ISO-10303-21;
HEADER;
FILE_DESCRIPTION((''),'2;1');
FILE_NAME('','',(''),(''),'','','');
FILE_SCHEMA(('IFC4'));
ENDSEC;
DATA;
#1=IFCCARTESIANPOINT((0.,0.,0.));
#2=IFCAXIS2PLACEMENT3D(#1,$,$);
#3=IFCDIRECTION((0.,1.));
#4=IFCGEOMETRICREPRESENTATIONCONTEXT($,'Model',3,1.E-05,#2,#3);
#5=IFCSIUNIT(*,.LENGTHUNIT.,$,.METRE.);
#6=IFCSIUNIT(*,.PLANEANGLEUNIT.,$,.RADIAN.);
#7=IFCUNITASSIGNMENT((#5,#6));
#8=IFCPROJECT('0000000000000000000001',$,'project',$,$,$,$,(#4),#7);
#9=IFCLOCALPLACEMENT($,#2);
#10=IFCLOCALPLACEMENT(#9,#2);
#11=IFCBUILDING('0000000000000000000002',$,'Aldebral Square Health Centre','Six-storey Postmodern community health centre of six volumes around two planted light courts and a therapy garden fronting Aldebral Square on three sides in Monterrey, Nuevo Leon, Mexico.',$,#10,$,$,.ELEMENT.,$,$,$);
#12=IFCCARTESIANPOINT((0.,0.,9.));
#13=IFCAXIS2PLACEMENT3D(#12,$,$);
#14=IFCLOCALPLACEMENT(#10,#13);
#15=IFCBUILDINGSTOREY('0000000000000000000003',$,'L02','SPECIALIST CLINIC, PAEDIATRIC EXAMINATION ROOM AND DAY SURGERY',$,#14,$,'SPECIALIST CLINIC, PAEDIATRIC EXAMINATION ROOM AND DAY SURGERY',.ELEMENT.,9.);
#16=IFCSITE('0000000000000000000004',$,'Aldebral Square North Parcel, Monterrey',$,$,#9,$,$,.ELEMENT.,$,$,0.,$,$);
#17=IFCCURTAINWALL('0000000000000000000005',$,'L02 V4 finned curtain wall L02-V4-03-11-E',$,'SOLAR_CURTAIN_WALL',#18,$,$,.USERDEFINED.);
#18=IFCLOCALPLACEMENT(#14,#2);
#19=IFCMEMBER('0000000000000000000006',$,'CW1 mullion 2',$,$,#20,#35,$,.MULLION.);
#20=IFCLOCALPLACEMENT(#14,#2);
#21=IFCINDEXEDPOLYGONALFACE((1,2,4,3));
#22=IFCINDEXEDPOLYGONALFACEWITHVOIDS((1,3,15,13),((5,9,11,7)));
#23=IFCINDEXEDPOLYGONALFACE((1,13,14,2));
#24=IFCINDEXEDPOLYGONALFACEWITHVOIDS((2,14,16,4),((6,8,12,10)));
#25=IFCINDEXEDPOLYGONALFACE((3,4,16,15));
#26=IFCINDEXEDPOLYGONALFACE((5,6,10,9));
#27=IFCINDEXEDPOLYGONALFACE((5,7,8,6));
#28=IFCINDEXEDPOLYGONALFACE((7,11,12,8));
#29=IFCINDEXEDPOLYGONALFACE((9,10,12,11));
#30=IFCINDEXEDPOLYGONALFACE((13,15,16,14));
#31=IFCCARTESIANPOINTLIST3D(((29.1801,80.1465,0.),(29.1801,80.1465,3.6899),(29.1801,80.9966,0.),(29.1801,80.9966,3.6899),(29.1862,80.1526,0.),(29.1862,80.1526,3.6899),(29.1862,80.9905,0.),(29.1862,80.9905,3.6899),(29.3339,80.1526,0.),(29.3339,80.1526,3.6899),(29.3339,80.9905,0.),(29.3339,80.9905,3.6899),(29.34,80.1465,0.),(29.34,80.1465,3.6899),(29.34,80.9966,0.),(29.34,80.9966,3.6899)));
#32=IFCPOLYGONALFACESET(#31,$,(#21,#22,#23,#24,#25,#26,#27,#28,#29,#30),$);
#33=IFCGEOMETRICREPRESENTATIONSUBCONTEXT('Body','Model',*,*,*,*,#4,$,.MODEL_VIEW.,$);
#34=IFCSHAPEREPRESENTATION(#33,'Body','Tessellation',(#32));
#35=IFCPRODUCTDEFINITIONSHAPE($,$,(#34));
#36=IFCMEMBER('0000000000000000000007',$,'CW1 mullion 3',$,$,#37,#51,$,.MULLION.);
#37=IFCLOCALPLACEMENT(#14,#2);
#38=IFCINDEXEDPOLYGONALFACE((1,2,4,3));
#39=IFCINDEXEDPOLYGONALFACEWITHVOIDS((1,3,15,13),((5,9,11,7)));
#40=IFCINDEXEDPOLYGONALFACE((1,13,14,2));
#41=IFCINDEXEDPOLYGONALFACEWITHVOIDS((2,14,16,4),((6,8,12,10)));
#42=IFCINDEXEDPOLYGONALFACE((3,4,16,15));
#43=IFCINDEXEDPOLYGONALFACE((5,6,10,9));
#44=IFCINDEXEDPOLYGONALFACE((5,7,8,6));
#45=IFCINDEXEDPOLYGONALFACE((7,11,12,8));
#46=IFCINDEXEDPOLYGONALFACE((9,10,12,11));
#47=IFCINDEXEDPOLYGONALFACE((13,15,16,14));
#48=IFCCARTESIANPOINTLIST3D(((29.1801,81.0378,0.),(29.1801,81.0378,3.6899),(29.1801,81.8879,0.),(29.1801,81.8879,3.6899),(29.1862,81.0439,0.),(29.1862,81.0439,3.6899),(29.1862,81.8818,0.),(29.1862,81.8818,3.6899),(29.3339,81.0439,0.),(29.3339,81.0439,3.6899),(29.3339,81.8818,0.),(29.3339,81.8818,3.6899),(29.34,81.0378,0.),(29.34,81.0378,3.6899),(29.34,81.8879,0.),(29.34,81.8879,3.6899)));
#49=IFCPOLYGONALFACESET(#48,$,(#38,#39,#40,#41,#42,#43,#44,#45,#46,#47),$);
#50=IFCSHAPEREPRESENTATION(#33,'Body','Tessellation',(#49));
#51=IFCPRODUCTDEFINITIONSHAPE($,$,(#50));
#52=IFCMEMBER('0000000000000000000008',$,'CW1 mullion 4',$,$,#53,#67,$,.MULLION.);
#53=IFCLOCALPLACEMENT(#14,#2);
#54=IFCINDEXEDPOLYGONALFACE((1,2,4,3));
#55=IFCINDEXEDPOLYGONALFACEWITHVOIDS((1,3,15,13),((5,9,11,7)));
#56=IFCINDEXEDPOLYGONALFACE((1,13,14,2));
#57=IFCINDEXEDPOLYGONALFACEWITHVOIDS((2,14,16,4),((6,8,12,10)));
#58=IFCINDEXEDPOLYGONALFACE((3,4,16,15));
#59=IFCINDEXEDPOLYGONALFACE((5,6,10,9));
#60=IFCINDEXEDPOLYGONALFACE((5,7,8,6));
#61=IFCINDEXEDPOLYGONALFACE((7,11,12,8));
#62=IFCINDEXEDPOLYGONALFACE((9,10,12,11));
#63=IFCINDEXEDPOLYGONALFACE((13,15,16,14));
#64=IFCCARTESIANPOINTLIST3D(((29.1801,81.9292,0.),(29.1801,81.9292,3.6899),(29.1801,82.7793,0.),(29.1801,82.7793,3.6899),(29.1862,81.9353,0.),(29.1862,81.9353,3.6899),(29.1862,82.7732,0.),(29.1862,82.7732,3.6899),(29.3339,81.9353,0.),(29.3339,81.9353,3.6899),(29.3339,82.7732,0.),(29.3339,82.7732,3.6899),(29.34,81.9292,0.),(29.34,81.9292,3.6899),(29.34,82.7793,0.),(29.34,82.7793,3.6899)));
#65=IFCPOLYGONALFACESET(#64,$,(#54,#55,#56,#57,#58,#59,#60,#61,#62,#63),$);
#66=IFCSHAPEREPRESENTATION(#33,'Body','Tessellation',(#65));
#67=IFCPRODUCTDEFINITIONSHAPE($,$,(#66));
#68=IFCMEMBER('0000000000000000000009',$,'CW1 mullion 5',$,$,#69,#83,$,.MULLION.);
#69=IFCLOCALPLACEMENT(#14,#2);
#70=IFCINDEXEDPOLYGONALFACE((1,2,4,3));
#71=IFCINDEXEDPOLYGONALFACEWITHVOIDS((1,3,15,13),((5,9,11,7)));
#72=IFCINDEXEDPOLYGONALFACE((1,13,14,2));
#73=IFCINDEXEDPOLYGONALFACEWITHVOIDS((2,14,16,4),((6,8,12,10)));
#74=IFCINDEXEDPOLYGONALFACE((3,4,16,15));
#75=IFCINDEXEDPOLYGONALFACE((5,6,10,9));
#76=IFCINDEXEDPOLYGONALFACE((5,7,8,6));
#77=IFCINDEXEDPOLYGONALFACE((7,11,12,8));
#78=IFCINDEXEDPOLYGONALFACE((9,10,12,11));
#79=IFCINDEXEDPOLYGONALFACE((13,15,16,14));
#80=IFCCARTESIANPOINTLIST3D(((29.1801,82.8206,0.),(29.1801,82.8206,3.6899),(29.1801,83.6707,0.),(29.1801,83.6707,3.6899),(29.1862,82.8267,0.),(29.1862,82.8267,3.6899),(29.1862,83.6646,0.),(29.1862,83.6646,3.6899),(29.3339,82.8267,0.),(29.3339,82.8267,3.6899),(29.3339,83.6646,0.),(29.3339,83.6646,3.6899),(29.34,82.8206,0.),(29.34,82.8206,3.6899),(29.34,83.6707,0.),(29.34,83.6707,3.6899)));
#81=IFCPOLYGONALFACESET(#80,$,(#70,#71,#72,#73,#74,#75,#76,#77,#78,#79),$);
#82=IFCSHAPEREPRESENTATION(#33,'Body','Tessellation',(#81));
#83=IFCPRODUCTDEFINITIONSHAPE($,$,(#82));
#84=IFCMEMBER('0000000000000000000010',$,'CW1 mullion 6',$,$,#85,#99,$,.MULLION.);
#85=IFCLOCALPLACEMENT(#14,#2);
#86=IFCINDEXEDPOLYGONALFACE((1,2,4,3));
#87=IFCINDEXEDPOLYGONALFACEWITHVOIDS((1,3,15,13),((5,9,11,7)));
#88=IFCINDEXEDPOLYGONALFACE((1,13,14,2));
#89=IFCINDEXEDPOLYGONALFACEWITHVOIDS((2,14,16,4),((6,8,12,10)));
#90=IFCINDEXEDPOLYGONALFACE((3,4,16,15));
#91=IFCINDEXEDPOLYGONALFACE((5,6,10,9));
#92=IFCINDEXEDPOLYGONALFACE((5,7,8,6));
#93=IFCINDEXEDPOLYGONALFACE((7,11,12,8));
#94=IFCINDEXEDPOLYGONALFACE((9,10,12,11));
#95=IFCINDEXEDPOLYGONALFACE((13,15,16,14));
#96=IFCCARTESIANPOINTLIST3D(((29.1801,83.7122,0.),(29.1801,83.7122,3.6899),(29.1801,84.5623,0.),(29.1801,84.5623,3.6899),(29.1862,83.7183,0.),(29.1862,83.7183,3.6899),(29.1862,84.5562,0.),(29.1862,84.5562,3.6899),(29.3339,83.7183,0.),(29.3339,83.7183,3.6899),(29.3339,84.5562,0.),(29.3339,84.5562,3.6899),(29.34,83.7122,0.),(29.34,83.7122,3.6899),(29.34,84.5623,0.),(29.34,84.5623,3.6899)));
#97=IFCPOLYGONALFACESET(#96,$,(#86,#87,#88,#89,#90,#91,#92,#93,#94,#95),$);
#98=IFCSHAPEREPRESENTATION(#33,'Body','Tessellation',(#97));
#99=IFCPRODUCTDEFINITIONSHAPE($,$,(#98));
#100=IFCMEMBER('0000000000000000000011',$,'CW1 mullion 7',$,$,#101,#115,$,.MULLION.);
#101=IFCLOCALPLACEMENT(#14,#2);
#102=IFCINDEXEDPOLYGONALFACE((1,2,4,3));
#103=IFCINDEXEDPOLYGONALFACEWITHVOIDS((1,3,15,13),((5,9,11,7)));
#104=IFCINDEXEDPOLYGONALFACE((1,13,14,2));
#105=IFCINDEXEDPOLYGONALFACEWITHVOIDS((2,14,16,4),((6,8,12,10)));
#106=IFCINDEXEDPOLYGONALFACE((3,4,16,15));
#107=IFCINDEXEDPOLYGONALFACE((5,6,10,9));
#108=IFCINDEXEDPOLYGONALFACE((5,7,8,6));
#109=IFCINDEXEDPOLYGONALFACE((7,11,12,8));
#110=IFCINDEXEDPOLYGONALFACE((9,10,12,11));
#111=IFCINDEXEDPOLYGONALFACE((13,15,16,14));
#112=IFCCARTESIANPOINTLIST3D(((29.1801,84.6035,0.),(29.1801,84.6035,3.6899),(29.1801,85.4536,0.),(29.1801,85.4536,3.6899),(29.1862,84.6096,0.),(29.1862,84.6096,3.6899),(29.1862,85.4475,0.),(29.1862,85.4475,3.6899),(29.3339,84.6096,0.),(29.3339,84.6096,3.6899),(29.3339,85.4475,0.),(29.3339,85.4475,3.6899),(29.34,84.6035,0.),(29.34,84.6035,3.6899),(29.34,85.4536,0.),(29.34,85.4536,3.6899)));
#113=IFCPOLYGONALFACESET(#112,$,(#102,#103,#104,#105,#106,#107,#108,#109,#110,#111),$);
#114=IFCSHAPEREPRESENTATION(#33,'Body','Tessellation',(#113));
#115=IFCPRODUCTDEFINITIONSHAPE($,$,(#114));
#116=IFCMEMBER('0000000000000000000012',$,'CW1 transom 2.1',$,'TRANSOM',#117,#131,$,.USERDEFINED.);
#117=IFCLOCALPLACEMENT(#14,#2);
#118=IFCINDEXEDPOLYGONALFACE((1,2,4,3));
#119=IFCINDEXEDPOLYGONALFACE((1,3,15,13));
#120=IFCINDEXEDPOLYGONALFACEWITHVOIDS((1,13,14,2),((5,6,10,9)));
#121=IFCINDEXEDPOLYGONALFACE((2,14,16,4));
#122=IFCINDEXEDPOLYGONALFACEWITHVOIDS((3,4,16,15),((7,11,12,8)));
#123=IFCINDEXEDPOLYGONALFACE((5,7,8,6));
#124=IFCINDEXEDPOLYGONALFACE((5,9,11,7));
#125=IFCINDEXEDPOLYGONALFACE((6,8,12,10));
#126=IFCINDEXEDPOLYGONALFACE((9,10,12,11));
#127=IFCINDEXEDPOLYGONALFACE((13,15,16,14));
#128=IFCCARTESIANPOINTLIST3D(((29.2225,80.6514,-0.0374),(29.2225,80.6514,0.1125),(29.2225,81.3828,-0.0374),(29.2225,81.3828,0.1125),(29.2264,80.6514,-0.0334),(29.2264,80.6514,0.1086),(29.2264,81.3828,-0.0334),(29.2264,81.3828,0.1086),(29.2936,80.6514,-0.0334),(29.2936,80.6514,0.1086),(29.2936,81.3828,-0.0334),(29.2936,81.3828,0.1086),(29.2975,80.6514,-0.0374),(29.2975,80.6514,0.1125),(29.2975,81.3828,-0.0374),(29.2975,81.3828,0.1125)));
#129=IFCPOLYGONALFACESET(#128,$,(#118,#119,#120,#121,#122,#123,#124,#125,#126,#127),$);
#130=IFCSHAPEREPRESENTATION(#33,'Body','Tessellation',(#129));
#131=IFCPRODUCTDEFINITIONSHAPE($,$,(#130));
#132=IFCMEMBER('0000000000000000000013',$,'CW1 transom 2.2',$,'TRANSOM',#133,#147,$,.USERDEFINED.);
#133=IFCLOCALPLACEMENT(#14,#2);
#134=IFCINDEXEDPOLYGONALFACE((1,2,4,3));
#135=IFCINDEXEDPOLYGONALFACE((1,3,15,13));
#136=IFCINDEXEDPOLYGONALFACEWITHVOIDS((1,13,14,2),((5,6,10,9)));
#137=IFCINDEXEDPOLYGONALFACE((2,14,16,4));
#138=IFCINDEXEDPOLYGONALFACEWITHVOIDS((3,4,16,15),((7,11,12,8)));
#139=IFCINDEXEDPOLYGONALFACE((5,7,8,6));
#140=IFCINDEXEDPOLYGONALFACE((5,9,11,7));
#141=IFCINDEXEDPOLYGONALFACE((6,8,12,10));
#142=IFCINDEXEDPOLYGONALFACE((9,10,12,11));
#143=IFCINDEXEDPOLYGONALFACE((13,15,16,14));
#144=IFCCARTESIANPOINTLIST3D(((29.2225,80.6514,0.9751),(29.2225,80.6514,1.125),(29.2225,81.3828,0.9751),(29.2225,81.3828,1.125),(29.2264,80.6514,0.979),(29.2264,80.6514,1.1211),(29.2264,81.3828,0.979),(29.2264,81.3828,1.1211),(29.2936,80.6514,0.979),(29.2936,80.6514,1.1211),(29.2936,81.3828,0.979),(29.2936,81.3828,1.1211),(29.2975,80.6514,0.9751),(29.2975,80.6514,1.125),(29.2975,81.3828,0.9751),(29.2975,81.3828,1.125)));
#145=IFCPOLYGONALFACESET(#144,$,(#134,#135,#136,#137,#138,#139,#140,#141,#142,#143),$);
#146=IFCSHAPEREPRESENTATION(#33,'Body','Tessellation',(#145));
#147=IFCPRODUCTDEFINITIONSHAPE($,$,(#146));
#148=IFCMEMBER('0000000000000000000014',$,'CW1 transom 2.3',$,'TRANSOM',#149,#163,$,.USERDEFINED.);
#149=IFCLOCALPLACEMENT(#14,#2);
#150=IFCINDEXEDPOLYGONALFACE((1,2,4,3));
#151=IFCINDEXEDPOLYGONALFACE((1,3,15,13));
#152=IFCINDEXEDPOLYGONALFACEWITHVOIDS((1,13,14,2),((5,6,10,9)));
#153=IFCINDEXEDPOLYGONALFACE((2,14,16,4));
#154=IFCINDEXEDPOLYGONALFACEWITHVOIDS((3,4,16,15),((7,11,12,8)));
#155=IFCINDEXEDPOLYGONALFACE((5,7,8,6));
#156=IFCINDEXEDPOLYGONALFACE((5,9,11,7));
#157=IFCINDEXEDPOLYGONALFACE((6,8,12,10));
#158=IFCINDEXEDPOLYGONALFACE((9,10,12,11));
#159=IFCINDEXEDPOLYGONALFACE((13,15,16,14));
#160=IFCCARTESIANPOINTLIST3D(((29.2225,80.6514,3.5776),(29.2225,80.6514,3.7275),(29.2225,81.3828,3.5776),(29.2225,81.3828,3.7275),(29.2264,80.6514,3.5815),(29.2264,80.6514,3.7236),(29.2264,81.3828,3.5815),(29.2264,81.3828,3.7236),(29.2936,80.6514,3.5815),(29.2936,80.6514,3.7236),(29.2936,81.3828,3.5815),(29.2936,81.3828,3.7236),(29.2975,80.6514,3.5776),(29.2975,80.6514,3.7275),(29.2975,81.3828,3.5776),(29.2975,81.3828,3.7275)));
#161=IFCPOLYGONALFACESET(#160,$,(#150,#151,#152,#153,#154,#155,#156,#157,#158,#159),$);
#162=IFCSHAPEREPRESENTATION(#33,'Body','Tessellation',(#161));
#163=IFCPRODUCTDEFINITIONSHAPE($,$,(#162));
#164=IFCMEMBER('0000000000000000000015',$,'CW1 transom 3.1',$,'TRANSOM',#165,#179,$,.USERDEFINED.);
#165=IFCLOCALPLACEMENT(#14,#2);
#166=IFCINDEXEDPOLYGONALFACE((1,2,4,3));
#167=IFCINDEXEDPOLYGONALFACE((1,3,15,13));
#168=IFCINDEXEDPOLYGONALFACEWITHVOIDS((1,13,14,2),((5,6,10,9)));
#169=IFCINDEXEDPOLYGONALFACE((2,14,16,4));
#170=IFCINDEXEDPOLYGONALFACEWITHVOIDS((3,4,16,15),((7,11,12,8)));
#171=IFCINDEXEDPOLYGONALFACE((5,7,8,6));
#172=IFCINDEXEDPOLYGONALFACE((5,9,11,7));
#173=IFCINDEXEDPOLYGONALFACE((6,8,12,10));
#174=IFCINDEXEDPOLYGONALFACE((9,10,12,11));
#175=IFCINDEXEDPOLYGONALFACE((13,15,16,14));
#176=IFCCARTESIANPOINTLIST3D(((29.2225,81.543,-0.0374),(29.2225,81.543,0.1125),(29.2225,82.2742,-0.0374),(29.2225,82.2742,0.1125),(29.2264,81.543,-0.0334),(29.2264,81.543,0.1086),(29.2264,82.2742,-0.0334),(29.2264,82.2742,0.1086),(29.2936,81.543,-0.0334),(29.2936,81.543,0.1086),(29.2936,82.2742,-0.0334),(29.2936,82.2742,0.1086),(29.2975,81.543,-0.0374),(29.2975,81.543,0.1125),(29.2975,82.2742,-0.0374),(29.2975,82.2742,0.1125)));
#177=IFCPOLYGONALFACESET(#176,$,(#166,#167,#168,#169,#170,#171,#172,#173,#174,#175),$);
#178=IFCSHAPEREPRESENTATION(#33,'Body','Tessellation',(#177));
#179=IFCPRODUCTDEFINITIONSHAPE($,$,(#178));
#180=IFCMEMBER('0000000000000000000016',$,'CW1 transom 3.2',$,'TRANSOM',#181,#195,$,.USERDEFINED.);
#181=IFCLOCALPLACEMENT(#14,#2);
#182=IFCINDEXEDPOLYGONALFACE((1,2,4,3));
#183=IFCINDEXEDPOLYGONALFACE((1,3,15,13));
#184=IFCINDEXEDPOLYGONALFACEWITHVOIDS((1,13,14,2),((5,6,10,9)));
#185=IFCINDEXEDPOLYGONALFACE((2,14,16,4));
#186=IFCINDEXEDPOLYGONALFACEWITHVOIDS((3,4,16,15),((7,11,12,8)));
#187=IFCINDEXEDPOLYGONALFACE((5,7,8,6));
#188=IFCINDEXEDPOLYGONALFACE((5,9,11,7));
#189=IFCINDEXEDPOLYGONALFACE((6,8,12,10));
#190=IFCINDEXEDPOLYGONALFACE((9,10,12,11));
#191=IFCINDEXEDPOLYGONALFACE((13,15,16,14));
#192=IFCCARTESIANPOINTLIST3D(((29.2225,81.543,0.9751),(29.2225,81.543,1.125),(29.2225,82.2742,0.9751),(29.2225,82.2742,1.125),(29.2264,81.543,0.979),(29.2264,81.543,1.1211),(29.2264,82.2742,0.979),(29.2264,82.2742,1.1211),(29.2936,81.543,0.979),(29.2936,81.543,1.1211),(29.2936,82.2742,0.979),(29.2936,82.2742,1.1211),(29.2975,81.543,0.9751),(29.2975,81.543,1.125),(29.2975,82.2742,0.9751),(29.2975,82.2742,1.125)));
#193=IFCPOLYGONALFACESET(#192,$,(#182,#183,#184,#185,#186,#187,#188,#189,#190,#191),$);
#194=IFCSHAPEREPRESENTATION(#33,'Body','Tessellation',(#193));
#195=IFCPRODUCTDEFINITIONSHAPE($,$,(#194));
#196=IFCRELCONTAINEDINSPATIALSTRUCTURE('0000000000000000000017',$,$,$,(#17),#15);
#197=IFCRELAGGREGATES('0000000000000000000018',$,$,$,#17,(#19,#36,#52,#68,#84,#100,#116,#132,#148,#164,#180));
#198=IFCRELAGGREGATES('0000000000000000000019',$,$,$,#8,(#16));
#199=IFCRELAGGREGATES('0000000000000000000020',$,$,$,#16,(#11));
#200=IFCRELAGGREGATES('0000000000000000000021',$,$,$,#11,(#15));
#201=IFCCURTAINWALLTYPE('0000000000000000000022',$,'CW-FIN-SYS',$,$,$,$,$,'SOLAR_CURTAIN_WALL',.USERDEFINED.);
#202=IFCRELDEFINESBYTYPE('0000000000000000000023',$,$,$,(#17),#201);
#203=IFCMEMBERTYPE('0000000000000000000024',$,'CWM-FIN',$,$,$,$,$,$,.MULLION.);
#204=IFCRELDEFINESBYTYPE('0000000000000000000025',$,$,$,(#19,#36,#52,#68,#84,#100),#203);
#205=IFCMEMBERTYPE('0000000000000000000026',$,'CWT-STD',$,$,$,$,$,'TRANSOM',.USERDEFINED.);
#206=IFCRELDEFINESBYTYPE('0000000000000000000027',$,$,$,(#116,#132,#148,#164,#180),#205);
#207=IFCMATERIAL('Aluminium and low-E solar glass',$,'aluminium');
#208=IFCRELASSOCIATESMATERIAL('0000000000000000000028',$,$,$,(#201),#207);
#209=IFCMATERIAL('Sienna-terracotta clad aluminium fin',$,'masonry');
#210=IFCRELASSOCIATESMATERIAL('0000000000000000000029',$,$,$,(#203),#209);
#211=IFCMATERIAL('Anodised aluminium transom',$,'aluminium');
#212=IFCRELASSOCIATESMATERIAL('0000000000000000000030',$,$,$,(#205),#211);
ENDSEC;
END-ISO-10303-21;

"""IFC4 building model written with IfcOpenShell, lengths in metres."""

from ifc_helpers import new_model, si_unit, direction, frame, origin, origin_2d, place, context, subcontext, project, spatial, hollow_rectangle, extrude, material, material_profile, profile_set, type_object, element, aggregate, save


model = new_model("IFC4")

# Units and contexts
model_context = context("Model", 3, precision=1e-05, world=origin(), true_north=direction((0.0, 1.0)))
body_context = subcontext(model_context, "Body", "Model", "MODEL_VIEW")
ifc_project = project(units=[si_unit("LENGTHUNIT", "METRE"), si_unit("PLANEANGLEUNIT", "RADIAN")], contexts=[model_context])

# Site, building, storey
site_placement = place(None, origin())
site = spatial("IfcSite", under=ifc_project, at=site_placement, Name="Aldebral Square North Parcel, Monterrey", CompositionType="ELEMENT", RefElevation=0.0)
building_placement = place(site_placement, origin())
building = spatial("IfcBuilding", under=site, at=building_placement, Name="Aldebral Square Health Centre", Description="Six-storey Postmodern community health centre of six volumes around two planted light courts and a therapy garden fronting Aldebral Square on three sides in Monterrey, Nuevo Leon, Mexico.", CompositionType="ELEMENT")
storey_placement = place(building_placement, frame((0.0, 0.0, 9.0)))
storey = spatial("IfcBuildingStorey", under=building, at=storey_placement, Name="L02", Description="SPECIALIST CLINIC, PAEDIATRIC EXAMINATION ROOM AND DAY SURGERY", LongName="SPECIALIST CLINIC, PAEDIATRIC EXAMINATION ROOM AND DAY SURGERY", CompositionType="ELEMENT", Elevation=9.0)

# Curtain wall, members
ifc_material_1 = material(Name="Aluminium and low-E solar glass", Category="aluminium")
curtain_wall_type = type_object("IfcCurtainWallType", Name="CW-FIN-SYS", ElementType="SOLAR_CURTAIN_WALL", PredefinedType="USERDEFINED", material=ifc_material_1)
curtain_wall_placement = place(storey_placement, origin())
curtain_wall = element("IfcCurtainWall", 1, at=curtain_wall_placement, inside=storey, type_object=curtain_wall_type, Name="L02 V4 finned curtain wall L02-V4-03-11-E", ObjectType="SOLAR_CURTAIN_WALL", PredefinedType="USERDEFINED")
ifc_material_2 = material(Name="Sienna-terracotta clad aluminium fin", Category="masonry")
ifc_material_profile_1 = material_profile(ifc_material_2, hollow_rectangle(XDim=0.1599, YDim=0.8501, WallThickness=0.0061, at=origin_2d()), Name="FIN 160x850x6")
ifc_profile_set_1 = profile_set([ifc_material_profile_1], Name="Sienna-terracotta clad aluminium fin")
member_type_1 = type_object("IfcMemberType", Name="CWM-FIN", PredefinedType="MULLION", material=ifc_profile_set_1)
member_1_placement = place(storey_placement, frame((29.26, 80.5715, 0.0), z_axis=(0.0, 0.0, 1.0), x_axis=(-1.0, 0.0, 0.0)))
member_1 = element("IfcMember", 2, at=member_1_placement, type_object=member_type_1, Name="CW1 mullion 2", PredefinedType="MULLION", context=body_context, shape_type="SweptSolid", body=[
    extrude(hollow_rectangle(XDim=0.1599, YDim=0.8501, WallThickness=0.0061, at=origin_2d()), origin(), (0.0, 0.0, 1.0), 3.6899),
])
member_2_placement = place(storey_placement, frame((29.26, 81.4629, 0.0), z_axis=(0.0, 0.0, 1.0), x_axis=(-1.0, 0.0, 0.0)))
member_2 = element("IfcMember", 3, at=member_2_placement, type_object=member_type_1, Name="CW1 mullion 3", PredefinedType="MULLION", context=body_context, shape_type="SweptSolid", body=[
    extrude(hollow_rectangle(XDim=0.1599, YDim=0.8501, WallThickness=0.0061, at=origin_2d()), origin(), (0.0, 0.0, 1.0), 3.6899),
])
member_3_placement = place(storey_placement, frame((29.26, 82.3542, 0.0), z_axis=(0.0, 0.0, 1.0), x_axis=(-1.0, 0.0, 0.0)))
member_3 = element("IfcMember", 4, at=member_3_placement, type_object=member_type_1, Name="CW1 mullion 4", PredefinedType="MULLION", context=body_context, shape_type="SweptSolid", body=[
    extrude(hollow_rectangle(XDim=0.1599, YDim=0.8501, WallThickness=0.0061, at=origin_2d()), origin(), (0.0, 0.0, 1.0), 3.6899),
])
member_4_placement = place(storey_placement, frame((29.26, 83.2456, 0.0), z_axis=(0.0, 0.0, 1.0), x_axis=(-1.0, 0.0, 0.0)))
member_4 = element("IfcMember", 5, at=member_4_placement, type_object=member_type_1, Name="CW1 mullion 5", PredefinedType="MULLION", context=body_context, shape_type="SweptSolid", body=[
    extrude(hollow_rectangle(XDim=0.1599, YDim=0.8501, WallThickness=0.0061, at=origin_2d()), origin(), (0.0, 0.0, 1.0), 3.6899),
])
member_5_placement = place(storey_placement, frame((29.26, 84.1372, 0.0), z_axis=(0.0, 0.0, 1.0), x_axis=(-1.0, 0.0, 0.0)))
member_5 = element("IfcMember", 6, at=member_5_placement, type_object=member_type_1, Name="CW1 mullion 6", PredefinedType="MULLION", context=body_context, shape_type="SweptSolid", body=[
    extrude(hollow_rectangle(XDim=0.1599, YDim=0.8501, WallThickness=0.0061, at=origin_2d()), origin(), (0.0, 0.0, 1.0), 3.6899),
])
member_6_placement = place(storey_placement, frame((29.26, 85.0286, 0.0), z_axis=(0.0, 0.0, 1.0), x_axis=(-1.0, 0.0, 0.0)))
member_6 = element("IfcMember", 7, at=member_6_placement, type_object=member_type_1, Name="CW1 mullion 7", PredefinedType="MULLION", context=body_context, shape_type="SweptSolid", body=[
    extrude(hollow_rectangle(XDim=0.1599, YDim=0.8501, WallThickness=0.0061, at=origin_2d()), origin(), (0.0, 0.0, 1.0), 3.6899),
])
ifc_material_3 = material(Name="Anodised aluminium transom", Category="aluminium")
ifc_material_profile_2 = material_profile(ifc_material_3, hollow_rectangle(XDim=0.075, YDim=0.1499, WallThickness=0.0039, at=origin_2d()), Name="CWT 75x150x4")
ifc_profile_set_2 = profile_set([ifc_material_profile_2], Name="Anodised aluminium transom")
member_type_2 = type_object("IfcMemberType", Name="CWT-STD", ElementType="TRANSOM", PredefinedType="USERDEFINED", material=ifc_profile_set_2)
member_7_placement = place(storey_placement, frame((29.26, 80.6514, 0.0376), z_axis=(0.0, 1.0, 0.0), x_axis=(-1.0, 0.0, 0.0)))
member_7 = element("IfcMember", 8, at=member_7_placement, type_object=member_type_2, Name="CW1 transom 2.1", ObjectType="TRANSOM", PredefinedType="USERDEFINED", context=body_context, shape_type="SweptSolid", body=[
    extrude(hollow_rectangle(XDim=0.075, YDim=0.1499, WallThickness=0.0039, at=origin_2d()), origin(), (0.0, 0.0, 1.0), 0.7314),
])
member_8_placement = place(storey_placement, frame((29.26, 80.6514, 1.05), z_axis=(0.0, 1.0, 0.0), x_axis=(-1.0, 0.0, 0.0)))
member_8 = element("IfcMember", 9, at=member_8_placement, type_object=member_type_2, Name="CW1 transom 2.2", ObjectType="TRANSOM", PredefinedType="USERDEFINED", context=body_context, shape_type="SweptSolid", body=[
    extrude(hollow_rectangle(XDim=0.075, YDim=0.1499, WallThickness=0.0039, at=origin_2d()), origin(), (0.0, 0.0, 1.0), 0.7314),
])
member_9_placement = place(storey_placement, frame((29.26, 80.6514, 3.6526), z_axis=(0.0, 1.0, 0.0), x_axis=(-1.0, 0.0, 0.0)))
member_9 = element("IfcMember", 10, at=member_9_placement, type_object=member_type_2, Name="CW1 transom 2.3", ObjectType="TRANSOM", PredefinedType="USERDEFINED", context=body_context, shape_type="SweptSolid", body=[
    extrude(hollow_rectangle(XDim=0.075, YDim=0.1499, WallThickness=0.0039, at=origin_2d()), origin(), (0.0, 0.0, 1.0), 0.7314),
])
member_10_placement = place(storey_placement, frame((29.26, 81.543, 0.0376), z_axis=(0.0, 1.0, 0.0), x_axis=(-1.0, 0.0, 0.0)))
member_10 = element("IfcMember", 11, at=member_10_placement, type_object=member_type_2, Name="CW1 transom 3.1", ObjectType="TRANSOM", PredefinedType="USERDEFINED", context=body_context, shape_type="SweptSolid", body=[
    extrude(hollow_rectangle(XDim=0.075, YDim=0.1499, WallThickness=0.0039, at=origin_2d()), origin(), (0.0, 0.0, 1.0), 0.7312),
])
member_11_placement = place(storey_placement, frame((29.26, 81.543, 1.05), z_axis=(0.0, 1.0, 0.0), x_axis=(-1.0, 0.0, 0.0)))
member_11 = element("IfcMember", 12, at=member_11_placement, type_object=member_type_2, Name="CW1 transom 3.2", ObjectType="TRANSOM", PredefinedType="USERDEFINED", context=body_context, shape_type="SweptSolid", body=[
    extrude(hollow_rectangle(XDim=0.075, YDim=0.1499, WallThickness=0.0039, at=origin_2d()), origin(), (0.0, 0.0, 1.0), 0.7312),
])
aggregate(curtain_wall, [member_1, member_2, member_3, member_4, member_5, member_6, member_7, member_8, member_9, member_10, member_11])

save(model, "model.ifc")
